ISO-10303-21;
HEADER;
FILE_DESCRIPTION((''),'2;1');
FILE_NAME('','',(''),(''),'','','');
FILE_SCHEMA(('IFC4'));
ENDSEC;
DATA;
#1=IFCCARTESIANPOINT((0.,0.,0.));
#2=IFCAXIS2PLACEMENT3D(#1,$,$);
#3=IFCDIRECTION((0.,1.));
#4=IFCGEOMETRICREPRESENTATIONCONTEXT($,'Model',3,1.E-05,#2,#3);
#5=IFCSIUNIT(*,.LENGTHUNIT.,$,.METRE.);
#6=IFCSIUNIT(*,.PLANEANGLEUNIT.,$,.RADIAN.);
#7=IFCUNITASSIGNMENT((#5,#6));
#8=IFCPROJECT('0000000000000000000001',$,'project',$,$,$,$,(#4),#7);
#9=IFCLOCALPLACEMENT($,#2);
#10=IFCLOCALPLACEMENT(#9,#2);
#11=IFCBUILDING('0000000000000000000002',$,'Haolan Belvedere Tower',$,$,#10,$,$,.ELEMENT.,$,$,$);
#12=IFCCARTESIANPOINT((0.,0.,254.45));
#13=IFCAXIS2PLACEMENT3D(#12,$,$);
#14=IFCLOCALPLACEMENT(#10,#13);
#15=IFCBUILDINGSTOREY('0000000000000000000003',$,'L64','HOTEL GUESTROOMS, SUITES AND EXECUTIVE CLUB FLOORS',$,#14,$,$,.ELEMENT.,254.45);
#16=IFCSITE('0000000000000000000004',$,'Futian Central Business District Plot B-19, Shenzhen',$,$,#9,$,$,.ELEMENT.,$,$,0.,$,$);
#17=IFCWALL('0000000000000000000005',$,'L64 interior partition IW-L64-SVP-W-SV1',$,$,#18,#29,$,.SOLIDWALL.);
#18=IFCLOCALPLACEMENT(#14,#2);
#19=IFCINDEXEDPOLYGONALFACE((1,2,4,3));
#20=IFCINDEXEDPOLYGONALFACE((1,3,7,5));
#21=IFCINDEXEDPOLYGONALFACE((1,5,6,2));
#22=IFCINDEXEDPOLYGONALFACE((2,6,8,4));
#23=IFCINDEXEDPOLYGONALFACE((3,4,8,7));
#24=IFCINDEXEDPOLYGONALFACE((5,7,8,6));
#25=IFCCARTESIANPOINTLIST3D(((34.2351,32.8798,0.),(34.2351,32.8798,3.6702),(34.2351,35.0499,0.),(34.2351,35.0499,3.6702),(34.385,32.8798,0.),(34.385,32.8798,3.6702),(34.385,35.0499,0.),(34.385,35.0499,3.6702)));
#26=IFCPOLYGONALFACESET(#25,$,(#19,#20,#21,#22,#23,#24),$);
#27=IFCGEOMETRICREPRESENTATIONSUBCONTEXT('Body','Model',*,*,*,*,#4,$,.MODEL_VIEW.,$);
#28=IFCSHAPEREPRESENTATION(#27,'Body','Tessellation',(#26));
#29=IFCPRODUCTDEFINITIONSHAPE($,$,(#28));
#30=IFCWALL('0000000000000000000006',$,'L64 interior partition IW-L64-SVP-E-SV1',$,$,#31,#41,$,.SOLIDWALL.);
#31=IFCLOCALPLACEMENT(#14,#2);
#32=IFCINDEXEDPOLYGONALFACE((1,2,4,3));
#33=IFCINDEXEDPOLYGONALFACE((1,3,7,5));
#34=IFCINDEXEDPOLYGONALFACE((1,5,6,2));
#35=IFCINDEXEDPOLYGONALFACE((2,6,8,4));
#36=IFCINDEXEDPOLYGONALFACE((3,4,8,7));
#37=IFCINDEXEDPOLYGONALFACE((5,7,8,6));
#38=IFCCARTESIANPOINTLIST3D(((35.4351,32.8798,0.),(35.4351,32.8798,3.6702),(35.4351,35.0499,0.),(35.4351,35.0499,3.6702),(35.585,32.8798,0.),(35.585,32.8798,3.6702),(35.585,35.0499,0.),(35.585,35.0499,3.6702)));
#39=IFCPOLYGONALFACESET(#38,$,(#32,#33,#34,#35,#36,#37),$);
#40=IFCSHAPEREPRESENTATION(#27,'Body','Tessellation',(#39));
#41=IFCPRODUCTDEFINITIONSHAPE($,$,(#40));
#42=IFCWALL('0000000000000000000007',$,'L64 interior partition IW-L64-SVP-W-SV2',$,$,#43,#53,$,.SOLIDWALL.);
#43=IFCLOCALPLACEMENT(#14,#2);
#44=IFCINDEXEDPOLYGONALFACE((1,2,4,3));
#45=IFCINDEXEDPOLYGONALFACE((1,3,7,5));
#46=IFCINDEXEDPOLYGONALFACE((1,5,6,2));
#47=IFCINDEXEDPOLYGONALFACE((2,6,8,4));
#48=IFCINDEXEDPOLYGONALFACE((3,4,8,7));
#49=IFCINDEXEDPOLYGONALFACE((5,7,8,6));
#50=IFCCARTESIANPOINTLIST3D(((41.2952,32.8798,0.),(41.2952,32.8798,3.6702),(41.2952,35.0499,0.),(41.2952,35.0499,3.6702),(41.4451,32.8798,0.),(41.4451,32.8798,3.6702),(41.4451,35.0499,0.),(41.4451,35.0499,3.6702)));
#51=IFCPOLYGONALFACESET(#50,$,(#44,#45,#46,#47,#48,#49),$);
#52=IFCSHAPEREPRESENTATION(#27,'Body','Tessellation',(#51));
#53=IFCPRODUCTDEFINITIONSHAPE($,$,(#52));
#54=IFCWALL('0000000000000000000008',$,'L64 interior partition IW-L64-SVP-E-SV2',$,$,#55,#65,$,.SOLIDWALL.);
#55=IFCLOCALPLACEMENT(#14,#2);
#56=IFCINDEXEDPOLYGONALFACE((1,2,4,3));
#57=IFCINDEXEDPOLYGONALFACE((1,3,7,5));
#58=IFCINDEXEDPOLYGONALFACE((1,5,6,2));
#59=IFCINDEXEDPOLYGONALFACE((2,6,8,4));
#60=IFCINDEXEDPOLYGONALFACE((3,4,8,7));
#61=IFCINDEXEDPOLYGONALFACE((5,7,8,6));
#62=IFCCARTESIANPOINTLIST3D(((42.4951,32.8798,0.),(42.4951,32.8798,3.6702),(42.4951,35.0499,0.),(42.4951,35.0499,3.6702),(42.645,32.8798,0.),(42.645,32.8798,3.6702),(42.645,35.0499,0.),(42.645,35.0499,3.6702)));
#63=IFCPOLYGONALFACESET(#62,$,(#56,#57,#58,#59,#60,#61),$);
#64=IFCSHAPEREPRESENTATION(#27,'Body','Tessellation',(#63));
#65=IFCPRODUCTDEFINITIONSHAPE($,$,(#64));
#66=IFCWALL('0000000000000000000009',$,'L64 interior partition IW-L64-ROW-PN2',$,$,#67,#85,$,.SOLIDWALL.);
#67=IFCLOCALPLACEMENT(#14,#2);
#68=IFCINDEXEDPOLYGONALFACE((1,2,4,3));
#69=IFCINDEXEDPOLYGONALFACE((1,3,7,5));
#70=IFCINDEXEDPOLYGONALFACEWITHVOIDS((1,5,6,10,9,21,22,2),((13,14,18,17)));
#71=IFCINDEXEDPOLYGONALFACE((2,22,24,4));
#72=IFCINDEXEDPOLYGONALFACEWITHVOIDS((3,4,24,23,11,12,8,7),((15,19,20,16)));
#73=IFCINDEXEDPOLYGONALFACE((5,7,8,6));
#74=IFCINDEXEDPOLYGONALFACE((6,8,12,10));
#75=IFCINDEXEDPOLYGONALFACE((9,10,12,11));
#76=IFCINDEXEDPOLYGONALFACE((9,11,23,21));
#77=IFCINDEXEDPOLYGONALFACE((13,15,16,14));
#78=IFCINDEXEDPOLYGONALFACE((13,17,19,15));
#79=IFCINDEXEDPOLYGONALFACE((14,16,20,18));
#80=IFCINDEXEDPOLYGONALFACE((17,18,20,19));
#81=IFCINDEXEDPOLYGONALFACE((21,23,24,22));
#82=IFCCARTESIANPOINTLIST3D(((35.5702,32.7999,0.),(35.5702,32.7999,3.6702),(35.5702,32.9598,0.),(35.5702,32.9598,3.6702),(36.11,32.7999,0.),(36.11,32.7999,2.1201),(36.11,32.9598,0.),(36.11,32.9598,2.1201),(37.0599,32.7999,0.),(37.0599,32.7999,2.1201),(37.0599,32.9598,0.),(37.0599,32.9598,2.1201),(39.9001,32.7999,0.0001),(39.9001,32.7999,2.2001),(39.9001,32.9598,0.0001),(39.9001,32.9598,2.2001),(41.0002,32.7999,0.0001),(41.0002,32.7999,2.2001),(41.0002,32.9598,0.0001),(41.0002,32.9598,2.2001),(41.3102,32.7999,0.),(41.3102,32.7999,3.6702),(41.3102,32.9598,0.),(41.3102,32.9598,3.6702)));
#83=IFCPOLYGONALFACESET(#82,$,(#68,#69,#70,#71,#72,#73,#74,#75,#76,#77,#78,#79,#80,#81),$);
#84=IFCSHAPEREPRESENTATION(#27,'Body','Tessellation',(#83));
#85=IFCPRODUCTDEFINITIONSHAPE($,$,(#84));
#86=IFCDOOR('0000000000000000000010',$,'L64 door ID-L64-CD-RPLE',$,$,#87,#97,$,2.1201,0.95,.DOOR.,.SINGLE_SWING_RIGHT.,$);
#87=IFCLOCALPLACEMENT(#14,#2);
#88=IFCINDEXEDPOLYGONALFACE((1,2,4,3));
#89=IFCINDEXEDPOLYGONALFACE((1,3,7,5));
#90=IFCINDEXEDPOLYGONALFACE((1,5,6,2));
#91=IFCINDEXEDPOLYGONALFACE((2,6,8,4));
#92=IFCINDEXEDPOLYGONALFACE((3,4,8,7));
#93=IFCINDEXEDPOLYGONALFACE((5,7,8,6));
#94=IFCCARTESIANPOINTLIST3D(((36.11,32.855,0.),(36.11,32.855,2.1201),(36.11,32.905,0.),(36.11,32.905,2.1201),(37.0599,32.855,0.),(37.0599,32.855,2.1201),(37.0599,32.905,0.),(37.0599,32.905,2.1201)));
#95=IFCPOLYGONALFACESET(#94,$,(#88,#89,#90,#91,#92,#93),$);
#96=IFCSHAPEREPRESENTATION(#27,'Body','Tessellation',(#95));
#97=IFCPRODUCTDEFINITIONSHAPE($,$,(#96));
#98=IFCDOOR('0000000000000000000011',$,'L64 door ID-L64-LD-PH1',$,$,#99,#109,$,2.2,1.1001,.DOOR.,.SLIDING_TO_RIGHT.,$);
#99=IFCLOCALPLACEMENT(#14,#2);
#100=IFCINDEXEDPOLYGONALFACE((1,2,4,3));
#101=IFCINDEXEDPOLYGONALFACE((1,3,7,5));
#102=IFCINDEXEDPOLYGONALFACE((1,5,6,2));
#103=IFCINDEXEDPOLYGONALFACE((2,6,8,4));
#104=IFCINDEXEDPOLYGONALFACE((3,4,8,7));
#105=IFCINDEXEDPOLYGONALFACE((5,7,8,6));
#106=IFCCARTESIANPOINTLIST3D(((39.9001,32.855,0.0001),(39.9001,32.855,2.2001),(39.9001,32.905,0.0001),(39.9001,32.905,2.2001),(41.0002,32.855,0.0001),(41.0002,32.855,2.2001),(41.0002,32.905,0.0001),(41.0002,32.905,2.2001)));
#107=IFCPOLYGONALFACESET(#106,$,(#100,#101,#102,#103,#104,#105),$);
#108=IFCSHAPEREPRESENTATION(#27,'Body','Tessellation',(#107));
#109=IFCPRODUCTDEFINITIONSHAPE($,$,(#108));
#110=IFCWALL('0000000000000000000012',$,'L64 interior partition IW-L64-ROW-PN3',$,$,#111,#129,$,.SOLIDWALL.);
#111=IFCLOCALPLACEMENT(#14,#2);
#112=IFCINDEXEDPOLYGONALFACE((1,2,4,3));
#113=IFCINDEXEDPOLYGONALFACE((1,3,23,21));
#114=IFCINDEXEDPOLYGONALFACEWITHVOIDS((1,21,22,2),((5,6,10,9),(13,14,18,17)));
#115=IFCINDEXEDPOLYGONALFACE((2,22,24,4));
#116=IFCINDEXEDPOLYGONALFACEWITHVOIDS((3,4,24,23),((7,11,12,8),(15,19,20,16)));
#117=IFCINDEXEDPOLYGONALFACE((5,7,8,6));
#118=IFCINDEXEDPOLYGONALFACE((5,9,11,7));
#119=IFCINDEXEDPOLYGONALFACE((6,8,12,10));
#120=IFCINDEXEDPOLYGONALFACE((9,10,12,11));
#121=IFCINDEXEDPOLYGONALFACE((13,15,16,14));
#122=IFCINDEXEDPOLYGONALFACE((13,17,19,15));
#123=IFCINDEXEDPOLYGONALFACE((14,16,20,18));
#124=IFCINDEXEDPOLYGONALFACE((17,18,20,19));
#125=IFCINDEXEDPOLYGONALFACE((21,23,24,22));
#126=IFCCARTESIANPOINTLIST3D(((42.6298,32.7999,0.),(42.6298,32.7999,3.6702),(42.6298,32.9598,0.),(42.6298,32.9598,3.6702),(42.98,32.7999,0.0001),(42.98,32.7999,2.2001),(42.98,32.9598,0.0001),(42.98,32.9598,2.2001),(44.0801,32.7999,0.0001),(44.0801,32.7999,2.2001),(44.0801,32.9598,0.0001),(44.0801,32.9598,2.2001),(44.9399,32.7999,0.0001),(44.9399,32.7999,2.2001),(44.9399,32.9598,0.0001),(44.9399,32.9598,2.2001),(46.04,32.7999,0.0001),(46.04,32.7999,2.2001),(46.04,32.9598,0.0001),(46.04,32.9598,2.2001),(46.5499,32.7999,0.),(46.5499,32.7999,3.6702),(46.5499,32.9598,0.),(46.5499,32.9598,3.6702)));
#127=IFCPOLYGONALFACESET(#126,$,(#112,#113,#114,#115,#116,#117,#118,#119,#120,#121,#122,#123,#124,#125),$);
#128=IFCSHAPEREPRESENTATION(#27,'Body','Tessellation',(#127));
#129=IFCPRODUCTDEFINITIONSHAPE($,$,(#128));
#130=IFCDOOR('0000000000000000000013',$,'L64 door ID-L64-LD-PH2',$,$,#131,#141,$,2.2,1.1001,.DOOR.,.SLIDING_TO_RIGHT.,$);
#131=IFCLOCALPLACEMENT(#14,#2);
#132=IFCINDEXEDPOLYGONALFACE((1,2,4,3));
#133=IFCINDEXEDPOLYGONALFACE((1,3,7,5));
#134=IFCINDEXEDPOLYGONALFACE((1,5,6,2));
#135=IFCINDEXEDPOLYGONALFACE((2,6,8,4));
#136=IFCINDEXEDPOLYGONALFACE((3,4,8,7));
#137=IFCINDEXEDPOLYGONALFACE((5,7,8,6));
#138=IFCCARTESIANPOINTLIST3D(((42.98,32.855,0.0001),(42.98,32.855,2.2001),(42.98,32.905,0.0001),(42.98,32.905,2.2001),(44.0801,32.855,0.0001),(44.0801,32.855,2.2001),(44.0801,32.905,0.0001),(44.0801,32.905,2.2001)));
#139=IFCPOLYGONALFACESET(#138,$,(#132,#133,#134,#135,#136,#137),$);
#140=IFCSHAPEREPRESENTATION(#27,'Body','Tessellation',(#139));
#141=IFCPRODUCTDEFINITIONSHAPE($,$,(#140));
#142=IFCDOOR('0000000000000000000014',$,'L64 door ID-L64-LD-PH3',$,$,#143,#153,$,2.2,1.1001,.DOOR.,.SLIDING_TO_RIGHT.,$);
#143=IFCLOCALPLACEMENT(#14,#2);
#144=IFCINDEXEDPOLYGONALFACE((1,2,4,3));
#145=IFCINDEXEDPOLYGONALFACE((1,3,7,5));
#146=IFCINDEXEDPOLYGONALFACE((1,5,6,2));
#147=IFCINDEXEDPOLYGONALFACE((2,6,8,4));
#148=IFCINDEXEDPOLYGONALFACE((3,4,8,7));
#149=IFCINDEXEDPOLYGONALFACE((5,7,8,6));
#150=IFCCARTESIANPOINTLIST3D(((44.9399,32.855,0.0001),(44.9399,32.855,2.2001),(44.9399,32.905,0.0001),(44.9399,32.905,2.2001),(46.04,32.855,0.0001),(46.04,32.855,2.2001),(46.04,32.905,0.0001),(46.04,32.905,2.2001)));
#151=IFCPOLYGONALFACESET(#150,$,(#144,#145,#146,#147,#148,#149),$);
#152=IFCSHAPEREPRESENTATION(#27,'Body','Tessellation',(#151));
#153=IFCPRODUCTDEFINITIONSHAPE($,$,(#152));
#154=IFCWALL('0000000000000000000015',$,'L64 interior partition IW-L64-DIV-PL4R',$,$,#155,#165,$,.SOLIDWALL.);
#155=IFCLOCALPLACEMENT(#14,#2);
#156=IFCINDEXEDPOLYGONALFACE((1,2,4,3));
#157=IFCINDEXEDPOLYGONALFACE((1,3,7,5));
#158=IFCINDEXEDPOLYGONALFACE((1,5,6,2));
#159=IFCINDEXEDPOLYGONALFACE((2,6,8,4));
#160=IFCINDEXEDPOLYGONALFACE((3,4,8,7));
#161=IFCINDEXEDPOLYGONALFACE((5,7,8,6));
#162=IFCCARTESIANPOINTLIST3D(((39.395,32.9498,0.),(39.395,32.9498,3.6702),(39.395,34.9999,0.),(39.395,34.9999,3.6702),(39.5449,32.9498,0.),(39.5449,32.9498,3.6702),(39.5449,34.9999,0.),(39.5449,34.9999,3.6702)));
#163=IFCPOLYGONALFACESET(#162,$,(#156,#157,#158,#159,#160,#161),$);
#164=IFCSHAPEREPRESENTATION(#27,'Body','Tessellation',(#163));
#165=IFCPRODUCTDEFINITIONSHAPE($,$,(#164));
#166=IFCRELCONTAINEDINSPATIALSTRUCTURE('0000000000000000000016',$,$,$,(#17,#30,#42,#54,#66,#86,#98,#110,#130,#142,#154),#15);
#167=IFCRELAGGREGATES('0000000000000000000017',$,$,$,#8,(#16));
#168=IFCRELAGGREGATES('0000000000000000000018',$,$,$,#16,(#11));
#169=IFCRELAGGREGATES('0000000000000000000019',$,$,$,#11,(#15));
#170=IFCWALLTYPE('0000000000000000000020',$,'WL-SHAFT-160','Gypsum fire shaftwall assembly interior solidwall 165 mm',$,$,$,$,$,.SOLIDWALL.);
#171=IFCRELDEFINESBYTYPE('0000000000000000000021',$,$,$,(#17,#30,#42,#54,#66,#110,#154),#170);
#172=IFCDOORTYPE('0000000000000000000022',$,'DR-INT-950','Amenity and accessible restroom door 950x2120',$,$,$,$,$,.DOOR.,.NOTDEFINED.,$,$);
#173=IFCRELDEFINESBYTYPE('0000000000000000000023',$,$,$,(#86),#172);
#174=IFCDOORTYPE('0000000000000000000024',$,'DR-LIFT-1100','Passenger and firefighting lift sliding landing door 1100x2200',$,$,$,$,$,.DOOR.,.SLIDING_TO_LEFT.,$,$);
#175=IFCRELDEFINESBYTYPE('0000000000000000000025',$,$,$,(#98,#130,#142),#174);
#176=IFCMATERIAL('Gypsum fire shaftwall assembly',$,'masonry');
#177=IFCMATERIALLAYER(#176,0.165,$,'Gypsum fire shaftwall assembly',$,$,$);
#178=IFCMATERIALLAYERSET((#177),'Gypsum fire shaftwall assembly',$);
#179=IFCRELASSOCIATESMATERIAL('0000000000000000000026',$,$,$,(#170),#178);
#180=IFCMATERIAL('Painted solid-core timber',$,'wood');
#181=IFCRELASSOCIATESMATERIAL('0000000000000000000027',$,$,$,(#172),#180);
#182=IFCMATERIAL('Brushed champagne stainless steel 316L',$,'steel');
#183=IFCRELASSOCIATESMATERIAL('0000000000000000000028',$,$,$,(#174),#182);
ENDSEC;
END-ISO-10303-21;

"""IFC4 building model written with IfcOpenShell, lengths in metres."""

from ifc_helpers import new_model, si_unit, direction, frame, frame_2d, origin, place, context, subcontext, project, spatial, rectangle, extrude, material, layer, layer_set, type_object, element, fill, save


model = new_model("IFC4")

# Units and contexts
model_context = context("Model", 3, precision=1e-05, world=origin(), true_north=direction((0.0, 1.0)))
body_context = subcontext(model_context, "Body", "Model", "MODEL_VIEW")
ifc_project = project(units=[si_unit("LENGTHUNIT", "METRE"), si_unit("PLANEANGLEUNIT", "RADIAN")], contexts=[model_context])

# Site, building, storey
site_placement = place(None, origin())
site = spatial("IfcSite", under=ifc_project, at=site_placement, Name="Futian Central Business District Plot B-19, Shenzhen", CompositionType="ELEMENT", RefElevation=0.0)
building_placement = place(site_placement, origin())
building = spatial("IfcBuilding", under=site, at=building_placement, Name="Haolan Belvedere Tower", CompositionType="ELEMENT")
storey_placement = place(building_placement, frame((0.0, 0.0, 254.45)))
storey = spatial("IfcBuildingStorey", under=building, at=storey_placement, Name="L64", Description="HOTEL GUESTROOMS, SUITES AND EXECUTIVE CLUB FLOORS", CompositionType="ELEMENT", Elevation=254.45)

# Walls
ifc_material_1 = material(Name="Gypsum fire shaftwall assembly", Category="masonry")
ifc_layer_1 = layer(ifc_material_1, 0.165, Name="Gypsum fire shaftwall assembly")
ifc_layer_set_1 = layer_set([ifc_layer_1], Name="Gypsum fire shaftwall assembly")
wall_type_1 = type_object("IfcWallType", Name="WL-SHAFT-160", Description="Gypsum fire shaftwall assembly interior solidwall 165 mm", PredefinedType="SOLIDWALL", material=ifc_layer_set_1)
for number, where, z_axis, x_axis, name in (
    (1, (34.3101, 32.8799, 0.0), (0.0, 0.0, 1.0), (0.0, 1.0, 0.0), "L64 interior partition IW-L64-SVP-W-SV1"),
    (2, (35.51, 32.8799, 0.0), (0.0, 0.0, 1.0), (0.0, 1.0, 0.0), "L64 interior partition IW-L64-SVP-E-SV1"),
    (3, (41.3701, 32.8799, 0.0), (0.0, 0.0, 1.0), (0.0, 1.0, 0.0), "L64 interior partition IW-L64-SVP-W-SV2"),
    (4, (42.5701, 32.8799, 0.0), (0.0, 0.0, 1.0), (0.0, 1.0, 0.0), "L64 interior partition IW-L64-SVP-E-SV2"),
):
    element("IfcWall", number, at=place(storey_placement, frame(where, z_axis=z_axis, x_axis=x_axis)), inside=storey, type_object=wall_type_1, Name=name, PredefinedType="SOLIDWALL", context=body_context, shape_type="SweptSolid", body=[
        extrude(rectangle(XDim=2.1702, YDim=0.1499, at=frame_2d((1.085, 0.0))), origin(), (0.0, 0.0, 1.0), 3.6702),
    ])

# Walls, openings, doors
wall_1_placement = place(storey_placement, frame((35.5701, 32.8799, 0.0), z_axis=(0.0, 0.0, 1.0), x_axis=(1.0, 0.0, 0.0)))
wall_1 = element("IfcWall", 5, at=wall_1_placement, inside=storey, type_object=wall_type_1, Name="L64 interior partition IW-L64-ROW-PN2", PredefinedType="SOLIDWALL", context=body_context, shape_type="SweptSolid", body=[
    extrude(rectangle(XDim=5.74, YDim=0.1599, at=frame_2d((2.8701, 0.0))), origin(), (0.0, 0.0, 1.0), 3.6702),
])
opening_1_placement = place(wall_1_placement, frame((1.49, 0.0, 0.0), z_axis=(0.0, 0.0, 1.0), x_axis=(-1.0, 0.0, 0.0)))
opening_1 = element("IfcOpeningElement", 6, at=opening_1_placement, cuts=wall_1, PredefinedType="OPENING", context=body_context, shape_type="SweptSolid", body=[
    extrude(rectangle(XDim=0.95, YDim=2.1201, at=frame_2d((0.4751, 1.0601))), frame((0.0, 0.0898, 0.0), z_axis=(0.0, -1.0, 0.0), x_axis=(1.0, 0.0, 0.0)), (0.0, 0.0, 1.0), 0.1799),
])
opening_2_placement = place(wall_1_placement, frame((5.4302, 0.0, 0.0), z_axis=(0.0, 0.0, 1.0), x_axis=(-1.0, 0.0, 0.0)))
opening_2 = element("IfcOpeningElement", 7, at=opening_2_placement, cuts=wall_1, PredefinedType="OPENING", context=body_context, shape_type="SweptSolid", body=[
    extrude(rectangle(XDim=1.1001, YDim=2.2, at=frame_2d((0.55, 1.1001))), frame((0.0, 0.0898, 0.0), z_axis=(0.0, -1.0, 0.0), x_axis=(1.0, 0.0, 0.0)), (0.0, 0.0, 1.0), 0.1799),
])
ifc_material_2 = material(Name="Painted solid-core timber", Category="wood")
door_type_1 = type_object("IfcDoorType", Name="DR-INT-950", Description="Amenity and accessible restroom door 950x2120", OperationType="NOTDEFINED", PredefinedType="DOOR", material=ifc_material_2)
door_1_placement = place(opening_1_placement, origin())
door_1 = element("IfcDoor", 8, at=door_1_placement, inside=storey, type_object=door_type_1, Name="L64 door ID-L64-CD-RPLE", OperationType="SINGLE_SWING_RIGHT", OverallHeight=2.1201, OverallWidth=0.95, PredefinedType="DOOR", context=body_context, shape_type="SweptSolid", body=[
    extrude(rectangle(XDim=0.95, YDim=2.1201, at=frame_2d((0.4751, 1.0601))), frame((0.0, 0.0249, 0.0), z_axis=(0.0, -1.0, 0.0), x_axis=(1.0, 0.0, 0.0)), (0.0, 0.0, 1.0), 0.05),
])
fill(opening_1, door_1)
ifc_material_3 = material(Name="Brushed champagne stainless steel 316L", Category="steel")
door_type_2 = type_object("IfcDoorType", Name="DR-LIFT-1100", Description="Passenger and firefighting lift sliding landing door 1100x2200", OperationType="SLIDING_TO_LEFT", PredefinedType="DOOR", material=ifc_material_3)
door_2_placement = place(opening_2_placement, origin())
door_2 = element("IfcDoor", 9, at=door_2_placement, inside=storey, type_object=door_type_2, Name="L64 door ID-L64-LD-PH1", OperationType="SLIDING_TO_RIGHT", OverallHeight=2.2, OverallWidth=1.1001, PredefinedType="DOOR", context=body_context, shape_type="SweptSolid", body=[
    extrude(rectangle(XDim=1.1001, YDim=2.2, at=frame_2d((0.55, 1.1001))), frame((0.0, 0.0249, 0.0), z_axis=(0.0, -1.0, 0.0), x_axis=(1.0, 0.0, 0.0)), (0.0, 0.0, 1.0), 0.05),
])
fill(opening_2, door_2)
wall_2_placement = place(storey_placement, frame((42.6299, 32.8799, 0.0), z_axis=(0.0, 0.0, 1.0), x_axis=(1.0, 0.0, 0.0)))
wall_2 = element("IfcWall", 10, at=wall_2_placement, inside=storey, type_object=wall_type_1, Name="L64 interior partition IW-L64-ROW-PN3", PredefinedType="SOLIDWALL", context=body_context, shape_type="SweptSolid", body=[
    extrude(rectangle(XDim=3.9202, YDim=0.1599, at=frame_2d((1.96, 0.0))), origin(), (0.0, 0.0, 1.0), 3.6702),
])
opening_3_placement = place(wall_2_placement, frame((1.4502, 0.0, 0.0), z_axis=(0.0, 0.0, 1.0), x_axis=(-1.0, 0.0, 0.0)))
opening_3 = element("IfcOpeningElement", 11, at=opening_3_placement, cuts=wall_2, PredefinedType="OPENING", context=body_context, shape_type="SweptSolid", body=[
    extrude(rectangle(XDim=1.1001, YDim=2.2, at=frame_2d((0.55, 1.1001))), frame((0.0, 0.0898, 0.0), z_axis=(0.0, -1.0, 0.0), x_axis=(1.0, 0.0, 0.0)), (0.0, 0.0, 1.0), 0.1799),
])
opening_4_placement = place(wall_2_placement, frame((3.4102, 0.0, 0.0), z_axis=(0.0, 0.0, 1.0), x_axis=(-1.0, 0.0, 0.0)))
opening_4 = element("IfcOpeningElement", 12, at=opening_4_placement, cuts=wall_2, PredefinedType="OPENING", context=body_context, shape_type="SweptSolid", body=[
    extrude(rectangle(XDim=1.1001, YDim=2.2, at=frame_2d((0.55, 1.1001))), frame((0.0, 0.0898, 0.0), z_axis=(0.0, -1.0, 0.0), x_axis=(1.0, 0.0, 0.0)), (0.0, 0.0, 1.0), 0.1799),
])
door_3_placement = place(opening_3_placement, origin())
door_3 = element("IfcDoor", 13, at=door_3_placement, inside=storey, type_object=door_type_2, Name="L64 door ID-L64-LD-PH2", OperationType="SLIDING_TO_RIGHT", OverallHeight=2.2, OverallWidth=1.1001, PredefinedType="DOOR", context=body_context, shape_type="SweptSolid", body=[
    extrude(rectangle(XDim=1.1001, YDim=2.2, at=frame_2d((0.55, 1.1001))), frame((0.0, 0.0249, 0.0), z_axis=(0.0, -1.0, 0.0), x_axis=(1.0, 0.0, 0.0)), (0.0, 0.0, 1.0), 0.05),
])
fill(opening_3, door_3)
door_4_placement = place(opening_4_placement, origin())
door_4 = element("IfcDoor", 14, at=door_4_placement, inside=storey, type_object=door_type_2, Name="L64 door ID-L64-LD-PH3", OperationType="SLIDING_TO_RIGHT", OverallHeight=2.2, OverallWidth=1.1001, PredefinedType="DOOR", context=body_context, shape_type="SweptSolid", body=[
    extrude(rectangle(XDim=1.1001, YDim=2.2, at=frame_2d((0.55, 1.1001))), frame((0.0, 0.0249, 0.0), z_axis=(0.0, -1.0, 0.0), x_axis=(1.0, 0.0, 0.0)), (0.0, 0.0, 1.0), 0.05),
])
fill(opening_4, door_4)

# Wall
wall_3_placement = place(storey_placement, frame((39.47, 32.95, 0.0), z_axis=(0.0, 0.0, 1.0), x_axis=(0.0, 1.0, 0.0)))
element("IfcWall", 15, at=wall_3_placement, inside=storey, type_object=wall_type_1, Name="L64 interior partition IW-L64-DIV-PL4R", PredefinedType="SOLIDWALL", context=body_context, shape_type="SweptSolid", body=[
    extrude(rectangle(XDim=2.05, YDim=0.1499, at=frame_2d((1.0249, 0.0))), origin(), (0.0, 0.0, 1.0), 3.6702),
])

save(model, "model.ifc")
